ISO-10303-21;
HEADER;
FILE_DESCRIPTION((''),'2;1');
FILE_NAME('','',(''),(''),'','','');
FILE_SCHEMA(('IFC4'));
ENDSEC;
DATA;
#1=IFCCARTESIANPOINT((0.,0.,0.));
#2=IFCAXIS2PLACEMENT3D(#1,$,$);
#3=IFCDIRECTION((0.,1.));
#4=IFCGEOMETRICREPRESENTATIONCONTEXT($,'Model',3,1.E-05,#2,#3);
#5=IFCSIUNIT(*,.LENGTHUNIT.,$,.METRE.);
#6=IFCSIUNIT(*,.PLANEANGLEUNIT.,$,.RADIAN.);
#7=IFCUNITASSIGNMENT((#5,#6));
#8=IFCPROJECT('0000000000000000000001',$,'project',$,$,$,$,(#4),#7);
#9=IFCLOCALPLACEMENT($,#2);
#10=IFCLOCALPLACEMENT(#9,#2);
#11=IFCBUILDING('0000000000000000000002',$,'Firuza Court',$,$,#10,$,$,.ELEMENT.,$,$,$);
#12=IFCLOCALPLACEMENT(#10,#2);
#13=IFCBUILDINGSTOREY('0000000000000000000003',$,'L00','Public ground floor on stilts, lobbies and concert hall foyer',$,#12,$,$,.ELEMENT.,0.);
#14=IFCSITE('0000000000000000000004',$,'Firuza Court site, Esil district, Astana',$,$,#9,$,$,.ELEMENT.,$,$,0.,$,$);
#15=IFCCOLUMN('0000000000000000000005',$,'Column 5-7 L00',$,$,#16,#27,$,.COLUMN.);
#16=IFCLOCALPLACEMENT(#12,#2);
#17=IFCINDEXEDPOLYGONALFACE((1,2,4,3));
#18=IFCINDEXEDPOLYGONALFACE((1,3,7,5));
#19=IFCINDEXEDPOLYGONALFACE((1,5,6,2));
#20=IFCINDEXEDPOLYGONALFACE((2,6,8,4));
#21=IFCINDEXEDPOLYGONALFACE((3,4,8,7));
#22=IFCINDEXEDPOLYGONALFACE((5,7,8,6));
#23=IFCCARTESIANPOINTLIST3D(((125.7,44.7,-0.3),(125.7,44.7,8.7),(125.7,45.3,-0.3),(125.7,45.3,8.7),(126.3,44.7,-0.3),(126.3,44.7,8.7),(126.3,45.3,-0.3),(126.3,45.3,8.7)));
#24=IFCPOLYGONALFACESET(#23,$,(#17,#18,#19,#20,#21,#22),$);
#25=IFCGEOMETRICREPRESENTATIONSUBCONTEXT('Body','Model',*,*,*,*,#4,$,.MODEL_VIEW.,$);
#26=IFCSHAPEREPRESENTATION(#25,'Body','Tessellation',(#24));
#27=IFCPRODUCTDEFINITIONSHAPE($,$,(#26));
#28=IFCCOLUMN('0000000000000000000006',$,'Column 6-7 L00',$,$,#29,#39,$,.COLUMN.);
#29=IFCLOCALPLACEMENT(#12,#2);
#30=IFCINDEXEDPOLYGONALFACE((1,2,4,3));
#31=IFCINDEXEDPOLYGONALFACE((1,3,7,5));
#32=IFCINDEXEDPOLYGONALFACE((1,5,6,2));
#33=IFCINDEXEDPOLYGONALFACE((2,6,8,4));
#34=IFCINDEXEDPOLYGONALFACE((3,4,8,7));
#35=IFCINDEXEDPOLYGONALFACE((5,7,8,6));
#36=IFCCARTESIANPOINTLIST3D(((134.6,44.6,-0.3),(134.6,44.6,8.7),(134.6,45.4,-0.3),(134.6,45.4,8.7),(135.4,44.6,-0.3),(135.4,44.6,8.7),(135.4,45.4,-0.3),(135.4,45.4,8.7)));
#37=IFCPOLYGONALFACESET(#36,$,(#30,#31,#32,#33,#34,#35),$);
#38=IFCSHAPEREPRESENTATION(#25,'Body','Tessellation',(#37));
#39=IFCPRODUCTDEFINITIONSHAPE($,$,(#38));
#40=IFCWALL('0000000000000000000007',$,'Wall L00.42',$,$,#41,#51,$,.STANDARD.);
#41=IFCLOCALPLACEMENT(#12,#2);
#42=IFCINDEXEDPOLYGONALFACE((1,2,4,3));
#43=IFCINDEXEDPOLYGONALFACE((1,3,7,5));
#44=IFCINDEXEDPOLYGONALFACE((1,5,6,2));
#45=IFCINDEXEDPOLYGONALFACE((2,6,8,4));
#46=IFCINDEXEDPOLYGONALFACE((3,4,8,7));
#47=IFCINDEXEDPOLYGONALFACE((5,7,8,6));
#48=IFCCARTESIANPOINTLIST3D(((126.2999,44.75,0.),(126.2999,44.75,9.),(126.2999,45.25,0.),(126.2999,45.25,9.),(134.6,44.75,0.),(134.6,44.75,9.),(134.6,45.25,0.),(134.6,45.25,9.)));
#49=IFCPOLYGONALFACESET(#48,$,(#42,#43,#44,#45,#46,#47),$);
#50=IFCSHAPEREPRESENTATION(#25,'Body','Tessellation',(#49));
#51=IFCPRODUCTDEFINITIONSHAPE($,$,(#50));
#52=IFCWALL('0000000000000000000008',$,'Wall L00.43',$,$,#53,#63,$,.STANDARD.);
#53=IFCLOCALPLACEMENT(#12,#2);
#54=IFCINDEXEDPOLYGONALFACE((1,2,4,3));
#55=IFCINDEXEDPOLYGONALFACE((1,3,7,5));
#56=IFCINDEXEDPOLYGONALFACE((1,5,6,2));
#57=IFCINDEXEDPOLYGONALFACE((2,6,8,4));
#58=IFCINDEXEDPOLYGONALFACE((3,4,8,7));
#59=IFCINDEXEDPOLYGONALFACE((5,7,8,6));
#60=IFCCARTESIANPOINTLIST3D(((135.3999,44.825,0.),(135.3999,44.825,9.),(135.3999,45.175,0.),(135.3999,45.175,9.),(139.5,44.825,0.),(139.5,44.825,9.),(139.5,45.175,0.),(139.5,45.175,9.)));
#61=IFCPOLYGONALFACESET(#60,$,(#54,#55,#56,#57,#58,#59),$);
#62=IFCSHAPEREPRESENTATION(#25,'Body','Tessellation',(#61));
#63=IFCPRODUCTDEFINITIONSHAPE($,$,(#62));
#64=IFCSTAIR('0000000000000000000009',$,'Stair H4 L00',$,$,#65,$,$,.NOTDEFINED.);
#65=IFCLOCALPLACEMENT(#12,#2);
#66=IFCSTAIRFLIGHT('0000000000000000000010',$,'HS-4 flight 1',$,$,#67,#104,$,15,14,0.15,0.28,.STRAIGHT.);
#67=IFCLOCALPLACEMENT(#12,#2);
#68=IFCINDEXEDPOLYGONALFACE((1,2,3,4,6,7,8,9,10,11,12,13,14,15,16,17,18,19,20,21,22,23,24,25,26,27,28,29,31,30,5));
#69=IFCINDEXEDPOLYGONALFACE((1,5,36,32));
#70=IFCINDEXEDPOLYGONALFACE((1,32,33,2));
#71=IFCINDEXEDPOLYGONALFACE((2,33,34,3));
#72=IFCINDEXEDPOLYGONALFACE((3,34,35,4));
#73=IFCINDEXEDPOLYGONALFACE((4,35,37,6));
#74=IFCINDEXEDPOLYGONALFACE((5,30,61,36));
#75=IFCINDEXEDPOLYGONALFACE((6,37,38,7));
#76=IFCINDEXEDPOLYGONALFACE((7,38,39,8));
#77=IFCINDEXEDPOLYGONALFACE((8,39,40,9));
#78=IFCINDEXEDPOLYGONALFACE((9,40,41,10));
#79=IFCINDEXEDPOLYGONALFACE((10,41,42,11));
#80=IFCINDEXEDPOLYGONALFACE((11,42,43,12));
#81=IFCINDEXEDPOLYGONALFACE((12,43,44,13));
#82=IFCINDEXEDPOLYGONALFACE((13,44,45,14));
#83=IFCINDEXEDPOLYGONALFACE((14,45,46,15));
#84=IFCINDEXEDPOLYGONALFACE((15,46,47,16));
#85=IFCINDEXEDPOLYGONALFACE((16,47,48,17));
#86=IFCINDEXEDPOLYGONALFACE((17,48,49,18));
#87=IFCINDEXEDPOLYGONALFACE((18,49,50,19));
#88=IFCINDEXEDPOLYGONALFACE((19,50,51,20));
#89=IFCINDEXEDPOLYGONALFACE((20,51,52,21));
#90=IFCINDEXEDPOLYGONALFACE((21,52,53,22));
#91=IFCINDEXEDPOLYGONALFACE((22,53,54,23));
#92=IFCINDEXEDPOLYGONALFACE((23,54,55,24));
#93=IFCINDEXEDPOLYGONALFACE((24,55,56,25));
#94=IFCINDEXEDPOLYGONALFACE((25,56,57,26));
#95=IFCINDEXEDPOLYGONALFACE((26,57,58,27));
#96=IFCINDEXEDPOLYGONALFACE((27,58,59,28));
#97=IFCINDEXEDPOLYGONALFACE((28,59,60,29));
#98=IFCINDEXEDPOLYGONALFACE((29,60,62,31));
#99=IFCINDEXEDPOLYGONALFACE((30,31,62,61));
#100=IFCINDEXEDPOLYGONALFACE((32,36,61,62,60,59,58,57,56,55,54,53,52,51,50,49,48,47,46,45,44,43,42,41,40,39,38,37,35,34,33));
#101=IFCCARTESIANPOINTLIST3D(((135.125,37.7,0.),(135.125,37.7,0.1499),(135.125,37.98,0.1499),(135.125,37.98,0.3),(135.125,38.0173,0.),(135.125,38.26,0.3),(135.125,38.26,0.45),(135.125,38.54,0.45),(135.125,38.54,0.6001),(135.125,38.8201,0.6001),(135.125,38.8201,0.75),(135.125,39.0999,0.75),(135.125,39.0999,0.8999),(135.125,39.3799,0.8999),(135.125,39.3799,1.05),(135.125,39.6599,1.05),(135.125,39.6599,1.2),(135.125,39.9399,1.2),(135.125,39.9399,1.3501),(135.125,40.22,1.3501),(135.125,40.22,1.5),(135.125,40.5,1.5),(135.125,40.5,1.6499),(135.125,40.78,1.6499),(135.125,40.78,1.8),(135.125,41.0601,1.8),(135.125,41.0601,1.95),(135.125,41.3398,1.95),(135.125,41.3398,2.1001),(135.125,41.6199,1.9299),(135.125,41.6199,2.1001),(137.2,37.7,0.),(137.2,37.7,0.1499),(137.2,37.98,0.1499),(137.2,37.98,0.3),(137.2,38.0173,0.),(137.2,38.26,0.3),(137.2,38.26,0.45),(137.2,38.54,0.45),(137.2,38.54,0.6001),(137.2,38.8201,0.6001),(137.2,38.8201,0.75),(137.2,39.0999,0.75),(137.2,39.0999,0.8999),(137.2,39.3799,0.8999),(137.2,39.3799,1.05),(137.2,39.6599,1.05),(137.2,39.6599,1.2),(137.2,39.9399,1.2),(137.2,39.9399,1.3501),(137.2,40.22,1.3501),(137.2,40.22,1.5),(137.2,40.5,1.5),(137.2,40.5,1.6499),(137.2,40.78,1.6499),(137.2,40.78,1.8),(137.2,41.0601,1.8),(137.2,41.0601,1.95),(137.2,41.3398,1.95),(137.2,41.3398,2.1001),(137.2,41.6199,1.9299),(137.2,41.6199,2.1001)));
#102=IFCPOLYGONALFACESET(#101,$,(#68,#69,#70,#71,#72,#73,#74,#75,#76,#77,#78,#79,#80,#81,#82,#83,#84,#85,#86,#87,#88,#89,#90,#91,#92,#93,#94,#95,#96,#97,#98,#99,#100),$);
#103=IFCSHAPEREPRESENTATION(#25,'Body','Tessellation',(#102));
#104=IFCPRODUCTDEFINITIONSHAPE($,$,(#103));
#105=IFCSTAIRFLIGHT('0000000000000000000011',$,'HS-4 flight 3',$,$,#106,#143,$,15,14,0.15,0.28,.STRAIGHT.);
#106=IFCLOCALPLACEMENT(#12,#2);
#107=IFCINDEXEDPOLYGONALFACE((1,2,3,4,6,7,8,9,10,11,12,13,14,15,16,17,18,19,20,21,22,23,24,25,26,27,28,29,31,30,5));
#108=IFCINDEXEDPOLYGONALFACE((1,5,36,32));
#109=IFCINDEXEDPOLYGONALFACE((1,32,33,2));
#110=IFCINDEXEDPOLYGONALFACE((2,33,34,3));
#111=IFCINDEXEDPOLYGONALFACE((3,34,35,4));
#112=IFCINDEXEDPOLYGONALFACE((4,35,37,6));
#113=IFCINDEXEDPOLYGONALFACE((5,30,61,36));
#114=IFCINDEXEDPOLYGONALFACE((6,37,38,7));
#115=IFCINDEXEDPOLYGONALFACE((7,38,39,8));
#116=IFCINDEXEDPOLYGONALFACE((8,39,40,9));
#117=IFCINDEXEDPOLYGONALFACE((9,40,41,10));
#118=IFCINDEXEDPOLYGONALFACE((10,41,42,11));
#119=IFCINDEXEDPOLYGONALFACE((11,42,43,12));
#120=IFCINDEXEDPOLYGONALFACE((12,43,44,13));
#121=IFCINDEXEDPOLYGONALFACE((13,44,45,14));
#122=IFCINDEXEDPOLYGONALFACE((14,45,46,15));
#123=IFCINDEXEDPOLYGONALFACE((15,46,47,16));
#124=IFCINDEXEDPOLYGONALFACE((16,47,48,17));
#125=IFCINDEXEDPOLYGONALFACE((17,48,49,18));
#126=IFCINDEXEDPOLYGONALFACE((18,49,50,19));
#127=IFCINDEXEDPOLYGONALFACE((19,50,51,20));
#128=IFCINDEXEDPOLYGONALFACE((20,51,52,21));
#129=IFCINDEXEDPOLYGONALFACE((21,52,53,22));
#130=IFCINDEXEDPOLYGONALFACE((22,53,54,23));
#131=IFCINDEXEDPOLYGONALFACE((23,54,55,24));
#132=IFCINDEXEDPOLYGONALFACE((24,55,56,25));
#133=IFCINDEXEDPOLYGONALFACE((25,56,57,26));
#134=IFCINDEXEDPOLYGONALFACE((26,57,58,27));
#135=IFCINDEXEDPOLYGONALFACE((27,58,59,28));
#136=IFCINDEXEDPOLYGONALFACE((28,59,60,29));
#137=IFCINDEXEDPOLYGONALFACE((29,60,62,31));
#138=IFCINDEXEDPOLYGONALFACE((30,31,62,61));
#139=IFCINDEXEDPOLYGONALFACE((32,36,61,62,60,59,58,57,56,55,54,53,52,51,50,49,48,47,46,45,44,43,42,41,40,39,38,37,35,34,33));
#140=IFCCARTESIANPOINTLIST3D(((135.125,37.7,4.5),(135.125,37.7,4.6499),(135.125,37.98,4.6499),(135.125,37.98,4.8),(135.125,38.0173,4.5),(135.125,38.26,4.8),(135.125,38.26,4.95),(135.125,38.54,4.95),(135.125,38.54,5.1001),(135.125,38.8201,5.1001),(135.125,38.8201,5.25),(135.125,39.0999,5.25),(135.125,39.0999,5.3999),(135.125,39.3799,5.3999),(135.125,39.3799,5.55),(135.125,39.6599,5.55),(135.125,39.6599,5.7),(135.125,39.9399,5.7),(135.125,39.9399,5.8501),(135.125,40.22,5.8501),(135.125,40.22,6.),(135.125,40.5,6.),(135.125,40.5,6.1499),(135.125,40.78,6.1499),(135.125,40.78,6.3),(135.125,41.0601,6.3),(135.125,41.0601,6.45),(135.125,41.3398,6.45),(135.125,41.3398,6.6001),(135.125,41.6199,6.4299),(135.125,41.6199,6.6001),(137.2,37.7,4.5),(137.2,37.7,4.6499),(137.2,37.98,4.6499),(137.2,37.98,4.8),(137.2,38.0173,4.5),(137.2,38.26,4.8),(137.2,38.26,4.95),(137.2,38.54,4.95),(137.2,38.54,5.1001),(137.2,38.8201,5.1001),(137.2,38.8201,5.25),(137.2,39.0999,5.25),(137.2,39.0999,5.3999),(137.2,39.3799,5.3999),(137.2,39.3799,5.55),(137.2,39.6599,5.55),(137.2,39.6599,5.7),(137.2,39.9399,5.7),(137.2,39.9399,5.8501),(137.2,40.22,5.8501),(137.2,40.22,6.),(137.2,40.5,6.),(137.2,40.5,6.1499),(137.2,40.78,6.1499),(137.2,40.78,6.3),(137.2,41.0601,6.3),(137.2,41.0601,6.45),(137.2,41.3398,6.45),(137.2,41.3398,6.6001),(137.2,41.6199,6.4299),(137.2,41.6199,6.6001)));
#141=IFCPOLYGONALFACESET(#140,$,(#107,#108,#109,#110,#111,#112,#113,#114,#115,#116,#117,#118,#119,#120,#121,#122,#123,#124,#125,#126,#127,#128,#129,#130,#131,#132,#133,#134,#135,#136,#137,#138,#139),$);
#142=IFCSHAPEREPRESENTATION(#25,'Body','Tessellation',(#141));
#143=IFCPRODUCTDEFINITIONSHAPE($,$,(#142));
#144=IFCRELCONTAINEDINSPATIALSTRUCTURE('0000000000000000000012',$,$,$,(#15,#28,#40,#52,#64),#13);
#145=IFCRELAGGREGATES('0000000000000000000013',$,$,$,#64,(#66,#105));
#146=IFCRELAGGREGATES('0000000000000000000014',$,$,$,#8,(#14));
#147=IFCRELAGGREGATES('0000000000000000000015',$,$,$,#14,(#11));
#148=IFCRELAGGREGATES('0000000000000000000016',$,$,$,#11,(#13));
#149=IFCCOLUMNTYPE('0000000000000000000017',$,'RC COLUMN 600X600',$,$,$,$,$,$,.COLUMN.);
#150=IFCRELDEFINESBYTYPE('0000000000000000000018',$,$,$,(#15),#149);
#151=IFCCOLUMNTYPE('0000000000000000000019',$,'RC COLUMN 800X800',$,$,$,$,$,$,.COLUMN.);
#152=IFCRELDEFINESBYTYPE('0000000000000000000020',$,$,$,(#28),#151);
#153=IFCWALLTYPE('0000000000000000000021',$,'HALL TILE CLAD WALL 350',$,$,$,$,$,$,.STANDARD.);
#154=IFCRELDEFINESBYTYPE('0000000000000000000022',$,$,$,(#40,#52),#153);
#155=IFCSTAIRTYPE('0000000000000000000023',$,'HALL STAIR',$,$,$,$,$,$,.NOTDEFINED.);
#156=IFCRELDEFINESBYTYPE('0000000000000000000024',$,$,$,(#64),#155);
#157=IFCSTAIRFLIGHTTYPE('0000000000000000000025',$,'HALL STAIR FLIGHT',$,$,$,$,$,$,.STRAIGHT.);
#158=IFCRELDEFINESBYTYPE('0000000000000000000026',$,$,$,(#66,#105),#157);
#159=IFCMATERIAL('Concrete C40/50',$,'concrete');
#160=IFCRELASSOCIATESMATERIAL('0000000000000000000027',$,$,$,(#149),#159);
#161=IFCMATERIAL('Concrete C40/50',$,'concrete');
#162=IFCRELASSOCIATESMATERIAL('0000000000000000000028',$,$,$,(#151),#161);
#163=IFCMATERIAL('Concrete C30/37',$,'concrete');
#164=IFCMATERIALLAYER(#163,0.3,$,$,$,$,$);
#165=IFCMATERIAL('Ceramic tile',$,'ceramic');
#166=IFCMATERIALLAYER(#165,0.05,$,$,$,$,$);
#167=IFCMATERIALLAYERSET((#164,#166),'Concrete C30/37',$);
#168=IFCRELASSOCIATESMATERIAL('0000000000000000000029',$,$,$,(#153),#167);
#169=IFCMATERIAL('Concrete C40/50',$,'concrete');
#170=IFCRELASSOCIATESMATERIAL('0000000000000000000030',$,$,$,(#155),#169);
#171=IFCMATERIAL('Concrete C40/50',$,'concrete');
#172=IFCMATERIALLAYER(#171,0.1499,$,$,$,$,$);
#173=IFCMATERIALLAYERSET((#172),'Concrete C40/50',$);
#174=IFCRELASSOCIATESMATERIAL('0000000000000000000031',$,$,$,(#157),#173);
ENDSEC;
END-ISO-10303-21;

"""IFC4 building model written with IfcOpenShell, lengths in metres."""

from ifc_helpers import new_model, si_unit, direction, frame, frame_2d, origin, origin_2d, place, context, subcontext, project, spatial, polyline, rectangle, outline, extrude, material, layer, layer_set, material_profile, profile_set, type_object, element, aggregate, save


model = new_model("IFC4")

# Units and contexts
model_context = context("Model", 3, precision=1e-05, world=origin(), true_north=direction((0.0, 1.0)))
body_context = subcontext(model_context, "Body", "Model", "MODEL_VIEW")
ifc_project = project(units=[si_unit("LENGTHUNIT", "METRE"), si_unit("PLANEANGLEUNIT", "RADIAN")], contexts=[model_context])

# Site, building, storey
site_placement = place(None, origin())
site = spatial("IfcSite", under=ifc_project, at=site_placement, Name="Firuza Court site, Esil district, Astana", CompositionType="ELEMENT", RefElevation=0.0)
building_placement = place(site_placement, origin())
building = spatial("IfcBuilding", under=site, at=building_placement, Name="Firuza Court", CompositionType="ELEMENT")
storey_placement = place(building_placement, origin())
storey = spatial("IfcBuildingStorey", under=building, at=storey_placement, Name="L00", Description="Public ground floor on stilts, lobbies and concert hall foyer", CompositionType="ELEMENT", Elevation=0.0)

# Columns
ifc_material_1 = material(Name="Concrete C40/50", Category="concrete")
ifc_material_profile_1 = material_profile(ifc_material_1, rectangle(XDim=0.6001, YDim=0.6001, at=origin_2d()), Name="RC 600X600")
ifc_profile_set_1 = profile_set([ifc_material_profile_1], Name="Concrete C40/50")
column_type_1 = type_object("IfcColumnType", Name="RC COLUMN 600X600", PredefinedType="COLUMN", material=ifc_profile_set_1)
column_1_placement = place(storey_placement, frame((126.0, 45.0, -0.3), z_axis=(0.0, 0.0, 1.0), x_axis=(1.0, 0.0, 0.0)))
element("IfcColumn", 1, at=column_1_placement, inside=storey, type_object=column_type_1, Name="Column 5-7 L00", PredefinedType="COLUMN", context=body_context, shape_type="SweptSolid", body=[
    extrude(rectangle(XDim=0.6001, YDim=0.6001, at=origin_2d()), origin(), (0.0, 0.0, 1.0), 9.0),
])
ifc_material_2 = material(Name="Concrete C40/50", Category="concrete")
ifc_material_profile_2 = material_profile(ifc_material_2, rectangle(XDim=0.8, YDim=0.8, at=origin_2d()), Name="RC 800X800")
ifc_profile_set_2 = profile_set([ifc_material_profile_2], Name="Concrete C40/50")
column_type_2 = type_object("IfcColumnType", Name="RC COLUMN 800X800", PredefinedType="COLUMN", material=ifc_profile_set_2)
column_2_placement = place(storey_placement, frame((135.0, 45.0, -0.3), z_axis=(0.0, 0.0, 1.0), x_axis=(1.0, 0.0, 0.0)))
element("IfcColumn", 2, at=column_2_placement, inside=storey, type_object=column_type_2, Name="Column 6-7 L00", PredefinedType="COLUMN", context=body_context, shape_type="SweptSolid", body=[
    extrude(rectangle(XDim=0.8, YDim=0.8, at=origin_2d()), origin(), (0.0, 0.0, 1.0), 9.0),
])

# Walls
ifc_material_3 = material(Name="Concrete C30/37", Category="concrete")
ifc_layer_1 = layer(ifc_material_3, 0.3)
ifc_material_4 = material(Name="Ceramic tile", Category="ceramic")
ifc_layer_2 = layer(ifc_material_4, 0.05)
ifc_layer_set_1 = layer_set([ifc_layer_1, ifc_layer_2], Name="Concrete C30/37")
wall_type = type_object("IfcWallType", Name="HALL TILE CLAD WALL 350", PredefinedType="STANDARD", material=ifc_layer_set_1)
wall_1_placement = place(storey_placement, frame((126.3, 45.0, 0.0), z_axis=(0.0, 0.0, 1.0), x_axis=(1.0, 0.0, 0.0)))
element("IfcWall", 3, at=wall_1_placement, inside=storey, type_object=wall_type, Name="Wall L00.42", PredefinedType="STANDARD", context=body_context, shape_type="SweptSolid", body=[
    extrude(rectangle(XDim=8.3, YDim=0.5, at=frame_2d((4.1499, 0.0))), origin(), (0.0, 0.0, 1.0), 9.0),
])
wall_2_placement = place(storey_placement, frame((135.3999, 45.0, 0.0), z_axis=(0.0, 0.0, 1.0), x_axis=(1.0, 0.0, 0.0)))
element("IfcWall", 4, at=wall_2_placement, inside=storey, type_object=wall_type, Name="Wall L00.43", PredefinedType="STANDARD", context=body_context, shape_type="SweptSolid", body=[
    extrude(rectangle(XDim=4.1001, YDim=0.3501, at=frame_2d((2.05, 0.0))), origin(), (0.0, 0.0, 1.0), 9.0),
])

# Stair, stair flights
ifc_material_5 = material(Name="Concrete C40/50", Category="concrete")
stair_type = type_object("IfcStairType", Name="HALL STAIR", PredefinedType="NOTDEFINED", material=ifc_material_5)
stair_placement = place(storey_placement, origin())
stair = element("IfcStair", 5, at=stair_placement, inside=storey, type_object=stair_type, Name="Stair H4 L00", PredefinedType="NOTDEFINED")
ifc_material_6 = material(Name="Concrete C40/50", Category="concrete")
ifc_layer_3 = layer(ifc_material_6, 0.1499)
ifc_layer_set_2 = layer_set([ifc_layer_3], Name="Concrete C40/50")
stair_flight_type = type_object("IfcStairFlightType", Name="HALL STAIR FLIGHT", PredefinedType="STRAIGHT", material=ifc_layer_set_2)
stair_flight_1_placement = place(storey_placement, frame((136.1626, 37.7, 0.0), z_axis=(0.0, 0.0, 1.0), x_axis=(0.0, 1.0, 0.0)))
stair_flight_1 = element("IfcStairFlight", 6, at=stair_flight_1_placement, type_object=stair_flight_type, Name="HS-4 flight 1", NumberOfRisers=15, NumberOfTreads=14, PredefinedType="STRAIGHT", RiserHeight=0.15, TreadLength=0.28, context=body_context, shape_type="SweptSolid", body=[
    extrude(outline(polyline([(0.0, 0.0), (0.0, 0.1499), (0.28, 0.1499), (0.28, 0.3), (0.5601, 0.3), (0.5601, 0.45), (0.8401, 0.45), (0.8401, 0.6001), (1.1201, 0.6001), (1.1201, 0.75), (1.3999, 0.75), (1.3999, 0.8999), (1.6799, 0.8999), (1.6799, 1.05), (1.96, 1.05), (1.96, 1.2), (2.24, 1.2), (2.24, 1.3501), (2.52, 1.3501), (2.52, 1.5), (2.8, 1.5), (2.8, 1.6499), (3.0801, 1.6499), (3.0801, 1.8), (3.3601, 1.8), (3.3601, 1.95), (3.6399, 1.95), (3.6399, 2.1001), (3.9199, 2.1001), (3.9199, 2.25), (3.9199, 1.9299), (0.3174, 0.0), (0.0, 0.0)])), frame((0.0, 1.0376, 0.0), z_axis=(0.0, -1.0, 0.0), x_axis=(1.0, 0.0, 0.0)), (0.0, 0.0, 1.0), 2.075),
])
stair_flight_2_placement = place(storey_placement, frame((136.1626, 37.7, 4.5), z_axis=(0.0, 0.0, 1.0), x_axis=(0.0, 1.0, 0.0)))
stair_flight_2 = element("IfcStairFlight", 7, at=stair_flight_2_placement, type_object=stair_flight_type, Name="HS-4 flight 3", NumberOfRisers=15, NumberOfTreads=14, PredefinedType="STRAIGHT", RiserHeight=0.15, TreadLength=0.28, context=body_context, shape_type="SweptSolid", body=[
    extrude(outline(polyline([(0.0, 0.0), (0.0, 0.1499), (0.28, 0.1499), (0.28, 0.3), (0.5601, 0.3), (0.5601, 0.45), (0.8401, 0.45), (0.8401, 0.6001), (1.1201, 0.6001), (1.1201, 0.75), (1.3999, 0.75), (1.3999, 0.8999), (1.6799, 0.8999), (1.6799, 1.05), (1.96, 1.05), (1.96, 1.2), (2.24, 1.2), (2.24, 1.3501), (2.52, 1.3501), (2.52, 1.5), (2.8, 1.5), (2.8, 1.6499), (3.0801, 1.6499), (3.0801, 1.8), (3.3601, 1.8), (3.3601, 1.95), (3.6399, 1.95), (3.6399, 2.1001), (3.9199, 2.1001), (3.9199, 2.25), (3.9199, 1.9299), (0.3174, 0.0), (0.0, 0.0)])), frame((0.0, 1.0376, 0.0), z_axis=(0.0, -1.0, 0.0), x_axis=(1.0, 0.0, 0.0)), (0.0, 0.0, 1.0), 2.075),
])
aggregate(stair, [stair_flight_1, stair_flight_2])

save(model, "model.ifc")
